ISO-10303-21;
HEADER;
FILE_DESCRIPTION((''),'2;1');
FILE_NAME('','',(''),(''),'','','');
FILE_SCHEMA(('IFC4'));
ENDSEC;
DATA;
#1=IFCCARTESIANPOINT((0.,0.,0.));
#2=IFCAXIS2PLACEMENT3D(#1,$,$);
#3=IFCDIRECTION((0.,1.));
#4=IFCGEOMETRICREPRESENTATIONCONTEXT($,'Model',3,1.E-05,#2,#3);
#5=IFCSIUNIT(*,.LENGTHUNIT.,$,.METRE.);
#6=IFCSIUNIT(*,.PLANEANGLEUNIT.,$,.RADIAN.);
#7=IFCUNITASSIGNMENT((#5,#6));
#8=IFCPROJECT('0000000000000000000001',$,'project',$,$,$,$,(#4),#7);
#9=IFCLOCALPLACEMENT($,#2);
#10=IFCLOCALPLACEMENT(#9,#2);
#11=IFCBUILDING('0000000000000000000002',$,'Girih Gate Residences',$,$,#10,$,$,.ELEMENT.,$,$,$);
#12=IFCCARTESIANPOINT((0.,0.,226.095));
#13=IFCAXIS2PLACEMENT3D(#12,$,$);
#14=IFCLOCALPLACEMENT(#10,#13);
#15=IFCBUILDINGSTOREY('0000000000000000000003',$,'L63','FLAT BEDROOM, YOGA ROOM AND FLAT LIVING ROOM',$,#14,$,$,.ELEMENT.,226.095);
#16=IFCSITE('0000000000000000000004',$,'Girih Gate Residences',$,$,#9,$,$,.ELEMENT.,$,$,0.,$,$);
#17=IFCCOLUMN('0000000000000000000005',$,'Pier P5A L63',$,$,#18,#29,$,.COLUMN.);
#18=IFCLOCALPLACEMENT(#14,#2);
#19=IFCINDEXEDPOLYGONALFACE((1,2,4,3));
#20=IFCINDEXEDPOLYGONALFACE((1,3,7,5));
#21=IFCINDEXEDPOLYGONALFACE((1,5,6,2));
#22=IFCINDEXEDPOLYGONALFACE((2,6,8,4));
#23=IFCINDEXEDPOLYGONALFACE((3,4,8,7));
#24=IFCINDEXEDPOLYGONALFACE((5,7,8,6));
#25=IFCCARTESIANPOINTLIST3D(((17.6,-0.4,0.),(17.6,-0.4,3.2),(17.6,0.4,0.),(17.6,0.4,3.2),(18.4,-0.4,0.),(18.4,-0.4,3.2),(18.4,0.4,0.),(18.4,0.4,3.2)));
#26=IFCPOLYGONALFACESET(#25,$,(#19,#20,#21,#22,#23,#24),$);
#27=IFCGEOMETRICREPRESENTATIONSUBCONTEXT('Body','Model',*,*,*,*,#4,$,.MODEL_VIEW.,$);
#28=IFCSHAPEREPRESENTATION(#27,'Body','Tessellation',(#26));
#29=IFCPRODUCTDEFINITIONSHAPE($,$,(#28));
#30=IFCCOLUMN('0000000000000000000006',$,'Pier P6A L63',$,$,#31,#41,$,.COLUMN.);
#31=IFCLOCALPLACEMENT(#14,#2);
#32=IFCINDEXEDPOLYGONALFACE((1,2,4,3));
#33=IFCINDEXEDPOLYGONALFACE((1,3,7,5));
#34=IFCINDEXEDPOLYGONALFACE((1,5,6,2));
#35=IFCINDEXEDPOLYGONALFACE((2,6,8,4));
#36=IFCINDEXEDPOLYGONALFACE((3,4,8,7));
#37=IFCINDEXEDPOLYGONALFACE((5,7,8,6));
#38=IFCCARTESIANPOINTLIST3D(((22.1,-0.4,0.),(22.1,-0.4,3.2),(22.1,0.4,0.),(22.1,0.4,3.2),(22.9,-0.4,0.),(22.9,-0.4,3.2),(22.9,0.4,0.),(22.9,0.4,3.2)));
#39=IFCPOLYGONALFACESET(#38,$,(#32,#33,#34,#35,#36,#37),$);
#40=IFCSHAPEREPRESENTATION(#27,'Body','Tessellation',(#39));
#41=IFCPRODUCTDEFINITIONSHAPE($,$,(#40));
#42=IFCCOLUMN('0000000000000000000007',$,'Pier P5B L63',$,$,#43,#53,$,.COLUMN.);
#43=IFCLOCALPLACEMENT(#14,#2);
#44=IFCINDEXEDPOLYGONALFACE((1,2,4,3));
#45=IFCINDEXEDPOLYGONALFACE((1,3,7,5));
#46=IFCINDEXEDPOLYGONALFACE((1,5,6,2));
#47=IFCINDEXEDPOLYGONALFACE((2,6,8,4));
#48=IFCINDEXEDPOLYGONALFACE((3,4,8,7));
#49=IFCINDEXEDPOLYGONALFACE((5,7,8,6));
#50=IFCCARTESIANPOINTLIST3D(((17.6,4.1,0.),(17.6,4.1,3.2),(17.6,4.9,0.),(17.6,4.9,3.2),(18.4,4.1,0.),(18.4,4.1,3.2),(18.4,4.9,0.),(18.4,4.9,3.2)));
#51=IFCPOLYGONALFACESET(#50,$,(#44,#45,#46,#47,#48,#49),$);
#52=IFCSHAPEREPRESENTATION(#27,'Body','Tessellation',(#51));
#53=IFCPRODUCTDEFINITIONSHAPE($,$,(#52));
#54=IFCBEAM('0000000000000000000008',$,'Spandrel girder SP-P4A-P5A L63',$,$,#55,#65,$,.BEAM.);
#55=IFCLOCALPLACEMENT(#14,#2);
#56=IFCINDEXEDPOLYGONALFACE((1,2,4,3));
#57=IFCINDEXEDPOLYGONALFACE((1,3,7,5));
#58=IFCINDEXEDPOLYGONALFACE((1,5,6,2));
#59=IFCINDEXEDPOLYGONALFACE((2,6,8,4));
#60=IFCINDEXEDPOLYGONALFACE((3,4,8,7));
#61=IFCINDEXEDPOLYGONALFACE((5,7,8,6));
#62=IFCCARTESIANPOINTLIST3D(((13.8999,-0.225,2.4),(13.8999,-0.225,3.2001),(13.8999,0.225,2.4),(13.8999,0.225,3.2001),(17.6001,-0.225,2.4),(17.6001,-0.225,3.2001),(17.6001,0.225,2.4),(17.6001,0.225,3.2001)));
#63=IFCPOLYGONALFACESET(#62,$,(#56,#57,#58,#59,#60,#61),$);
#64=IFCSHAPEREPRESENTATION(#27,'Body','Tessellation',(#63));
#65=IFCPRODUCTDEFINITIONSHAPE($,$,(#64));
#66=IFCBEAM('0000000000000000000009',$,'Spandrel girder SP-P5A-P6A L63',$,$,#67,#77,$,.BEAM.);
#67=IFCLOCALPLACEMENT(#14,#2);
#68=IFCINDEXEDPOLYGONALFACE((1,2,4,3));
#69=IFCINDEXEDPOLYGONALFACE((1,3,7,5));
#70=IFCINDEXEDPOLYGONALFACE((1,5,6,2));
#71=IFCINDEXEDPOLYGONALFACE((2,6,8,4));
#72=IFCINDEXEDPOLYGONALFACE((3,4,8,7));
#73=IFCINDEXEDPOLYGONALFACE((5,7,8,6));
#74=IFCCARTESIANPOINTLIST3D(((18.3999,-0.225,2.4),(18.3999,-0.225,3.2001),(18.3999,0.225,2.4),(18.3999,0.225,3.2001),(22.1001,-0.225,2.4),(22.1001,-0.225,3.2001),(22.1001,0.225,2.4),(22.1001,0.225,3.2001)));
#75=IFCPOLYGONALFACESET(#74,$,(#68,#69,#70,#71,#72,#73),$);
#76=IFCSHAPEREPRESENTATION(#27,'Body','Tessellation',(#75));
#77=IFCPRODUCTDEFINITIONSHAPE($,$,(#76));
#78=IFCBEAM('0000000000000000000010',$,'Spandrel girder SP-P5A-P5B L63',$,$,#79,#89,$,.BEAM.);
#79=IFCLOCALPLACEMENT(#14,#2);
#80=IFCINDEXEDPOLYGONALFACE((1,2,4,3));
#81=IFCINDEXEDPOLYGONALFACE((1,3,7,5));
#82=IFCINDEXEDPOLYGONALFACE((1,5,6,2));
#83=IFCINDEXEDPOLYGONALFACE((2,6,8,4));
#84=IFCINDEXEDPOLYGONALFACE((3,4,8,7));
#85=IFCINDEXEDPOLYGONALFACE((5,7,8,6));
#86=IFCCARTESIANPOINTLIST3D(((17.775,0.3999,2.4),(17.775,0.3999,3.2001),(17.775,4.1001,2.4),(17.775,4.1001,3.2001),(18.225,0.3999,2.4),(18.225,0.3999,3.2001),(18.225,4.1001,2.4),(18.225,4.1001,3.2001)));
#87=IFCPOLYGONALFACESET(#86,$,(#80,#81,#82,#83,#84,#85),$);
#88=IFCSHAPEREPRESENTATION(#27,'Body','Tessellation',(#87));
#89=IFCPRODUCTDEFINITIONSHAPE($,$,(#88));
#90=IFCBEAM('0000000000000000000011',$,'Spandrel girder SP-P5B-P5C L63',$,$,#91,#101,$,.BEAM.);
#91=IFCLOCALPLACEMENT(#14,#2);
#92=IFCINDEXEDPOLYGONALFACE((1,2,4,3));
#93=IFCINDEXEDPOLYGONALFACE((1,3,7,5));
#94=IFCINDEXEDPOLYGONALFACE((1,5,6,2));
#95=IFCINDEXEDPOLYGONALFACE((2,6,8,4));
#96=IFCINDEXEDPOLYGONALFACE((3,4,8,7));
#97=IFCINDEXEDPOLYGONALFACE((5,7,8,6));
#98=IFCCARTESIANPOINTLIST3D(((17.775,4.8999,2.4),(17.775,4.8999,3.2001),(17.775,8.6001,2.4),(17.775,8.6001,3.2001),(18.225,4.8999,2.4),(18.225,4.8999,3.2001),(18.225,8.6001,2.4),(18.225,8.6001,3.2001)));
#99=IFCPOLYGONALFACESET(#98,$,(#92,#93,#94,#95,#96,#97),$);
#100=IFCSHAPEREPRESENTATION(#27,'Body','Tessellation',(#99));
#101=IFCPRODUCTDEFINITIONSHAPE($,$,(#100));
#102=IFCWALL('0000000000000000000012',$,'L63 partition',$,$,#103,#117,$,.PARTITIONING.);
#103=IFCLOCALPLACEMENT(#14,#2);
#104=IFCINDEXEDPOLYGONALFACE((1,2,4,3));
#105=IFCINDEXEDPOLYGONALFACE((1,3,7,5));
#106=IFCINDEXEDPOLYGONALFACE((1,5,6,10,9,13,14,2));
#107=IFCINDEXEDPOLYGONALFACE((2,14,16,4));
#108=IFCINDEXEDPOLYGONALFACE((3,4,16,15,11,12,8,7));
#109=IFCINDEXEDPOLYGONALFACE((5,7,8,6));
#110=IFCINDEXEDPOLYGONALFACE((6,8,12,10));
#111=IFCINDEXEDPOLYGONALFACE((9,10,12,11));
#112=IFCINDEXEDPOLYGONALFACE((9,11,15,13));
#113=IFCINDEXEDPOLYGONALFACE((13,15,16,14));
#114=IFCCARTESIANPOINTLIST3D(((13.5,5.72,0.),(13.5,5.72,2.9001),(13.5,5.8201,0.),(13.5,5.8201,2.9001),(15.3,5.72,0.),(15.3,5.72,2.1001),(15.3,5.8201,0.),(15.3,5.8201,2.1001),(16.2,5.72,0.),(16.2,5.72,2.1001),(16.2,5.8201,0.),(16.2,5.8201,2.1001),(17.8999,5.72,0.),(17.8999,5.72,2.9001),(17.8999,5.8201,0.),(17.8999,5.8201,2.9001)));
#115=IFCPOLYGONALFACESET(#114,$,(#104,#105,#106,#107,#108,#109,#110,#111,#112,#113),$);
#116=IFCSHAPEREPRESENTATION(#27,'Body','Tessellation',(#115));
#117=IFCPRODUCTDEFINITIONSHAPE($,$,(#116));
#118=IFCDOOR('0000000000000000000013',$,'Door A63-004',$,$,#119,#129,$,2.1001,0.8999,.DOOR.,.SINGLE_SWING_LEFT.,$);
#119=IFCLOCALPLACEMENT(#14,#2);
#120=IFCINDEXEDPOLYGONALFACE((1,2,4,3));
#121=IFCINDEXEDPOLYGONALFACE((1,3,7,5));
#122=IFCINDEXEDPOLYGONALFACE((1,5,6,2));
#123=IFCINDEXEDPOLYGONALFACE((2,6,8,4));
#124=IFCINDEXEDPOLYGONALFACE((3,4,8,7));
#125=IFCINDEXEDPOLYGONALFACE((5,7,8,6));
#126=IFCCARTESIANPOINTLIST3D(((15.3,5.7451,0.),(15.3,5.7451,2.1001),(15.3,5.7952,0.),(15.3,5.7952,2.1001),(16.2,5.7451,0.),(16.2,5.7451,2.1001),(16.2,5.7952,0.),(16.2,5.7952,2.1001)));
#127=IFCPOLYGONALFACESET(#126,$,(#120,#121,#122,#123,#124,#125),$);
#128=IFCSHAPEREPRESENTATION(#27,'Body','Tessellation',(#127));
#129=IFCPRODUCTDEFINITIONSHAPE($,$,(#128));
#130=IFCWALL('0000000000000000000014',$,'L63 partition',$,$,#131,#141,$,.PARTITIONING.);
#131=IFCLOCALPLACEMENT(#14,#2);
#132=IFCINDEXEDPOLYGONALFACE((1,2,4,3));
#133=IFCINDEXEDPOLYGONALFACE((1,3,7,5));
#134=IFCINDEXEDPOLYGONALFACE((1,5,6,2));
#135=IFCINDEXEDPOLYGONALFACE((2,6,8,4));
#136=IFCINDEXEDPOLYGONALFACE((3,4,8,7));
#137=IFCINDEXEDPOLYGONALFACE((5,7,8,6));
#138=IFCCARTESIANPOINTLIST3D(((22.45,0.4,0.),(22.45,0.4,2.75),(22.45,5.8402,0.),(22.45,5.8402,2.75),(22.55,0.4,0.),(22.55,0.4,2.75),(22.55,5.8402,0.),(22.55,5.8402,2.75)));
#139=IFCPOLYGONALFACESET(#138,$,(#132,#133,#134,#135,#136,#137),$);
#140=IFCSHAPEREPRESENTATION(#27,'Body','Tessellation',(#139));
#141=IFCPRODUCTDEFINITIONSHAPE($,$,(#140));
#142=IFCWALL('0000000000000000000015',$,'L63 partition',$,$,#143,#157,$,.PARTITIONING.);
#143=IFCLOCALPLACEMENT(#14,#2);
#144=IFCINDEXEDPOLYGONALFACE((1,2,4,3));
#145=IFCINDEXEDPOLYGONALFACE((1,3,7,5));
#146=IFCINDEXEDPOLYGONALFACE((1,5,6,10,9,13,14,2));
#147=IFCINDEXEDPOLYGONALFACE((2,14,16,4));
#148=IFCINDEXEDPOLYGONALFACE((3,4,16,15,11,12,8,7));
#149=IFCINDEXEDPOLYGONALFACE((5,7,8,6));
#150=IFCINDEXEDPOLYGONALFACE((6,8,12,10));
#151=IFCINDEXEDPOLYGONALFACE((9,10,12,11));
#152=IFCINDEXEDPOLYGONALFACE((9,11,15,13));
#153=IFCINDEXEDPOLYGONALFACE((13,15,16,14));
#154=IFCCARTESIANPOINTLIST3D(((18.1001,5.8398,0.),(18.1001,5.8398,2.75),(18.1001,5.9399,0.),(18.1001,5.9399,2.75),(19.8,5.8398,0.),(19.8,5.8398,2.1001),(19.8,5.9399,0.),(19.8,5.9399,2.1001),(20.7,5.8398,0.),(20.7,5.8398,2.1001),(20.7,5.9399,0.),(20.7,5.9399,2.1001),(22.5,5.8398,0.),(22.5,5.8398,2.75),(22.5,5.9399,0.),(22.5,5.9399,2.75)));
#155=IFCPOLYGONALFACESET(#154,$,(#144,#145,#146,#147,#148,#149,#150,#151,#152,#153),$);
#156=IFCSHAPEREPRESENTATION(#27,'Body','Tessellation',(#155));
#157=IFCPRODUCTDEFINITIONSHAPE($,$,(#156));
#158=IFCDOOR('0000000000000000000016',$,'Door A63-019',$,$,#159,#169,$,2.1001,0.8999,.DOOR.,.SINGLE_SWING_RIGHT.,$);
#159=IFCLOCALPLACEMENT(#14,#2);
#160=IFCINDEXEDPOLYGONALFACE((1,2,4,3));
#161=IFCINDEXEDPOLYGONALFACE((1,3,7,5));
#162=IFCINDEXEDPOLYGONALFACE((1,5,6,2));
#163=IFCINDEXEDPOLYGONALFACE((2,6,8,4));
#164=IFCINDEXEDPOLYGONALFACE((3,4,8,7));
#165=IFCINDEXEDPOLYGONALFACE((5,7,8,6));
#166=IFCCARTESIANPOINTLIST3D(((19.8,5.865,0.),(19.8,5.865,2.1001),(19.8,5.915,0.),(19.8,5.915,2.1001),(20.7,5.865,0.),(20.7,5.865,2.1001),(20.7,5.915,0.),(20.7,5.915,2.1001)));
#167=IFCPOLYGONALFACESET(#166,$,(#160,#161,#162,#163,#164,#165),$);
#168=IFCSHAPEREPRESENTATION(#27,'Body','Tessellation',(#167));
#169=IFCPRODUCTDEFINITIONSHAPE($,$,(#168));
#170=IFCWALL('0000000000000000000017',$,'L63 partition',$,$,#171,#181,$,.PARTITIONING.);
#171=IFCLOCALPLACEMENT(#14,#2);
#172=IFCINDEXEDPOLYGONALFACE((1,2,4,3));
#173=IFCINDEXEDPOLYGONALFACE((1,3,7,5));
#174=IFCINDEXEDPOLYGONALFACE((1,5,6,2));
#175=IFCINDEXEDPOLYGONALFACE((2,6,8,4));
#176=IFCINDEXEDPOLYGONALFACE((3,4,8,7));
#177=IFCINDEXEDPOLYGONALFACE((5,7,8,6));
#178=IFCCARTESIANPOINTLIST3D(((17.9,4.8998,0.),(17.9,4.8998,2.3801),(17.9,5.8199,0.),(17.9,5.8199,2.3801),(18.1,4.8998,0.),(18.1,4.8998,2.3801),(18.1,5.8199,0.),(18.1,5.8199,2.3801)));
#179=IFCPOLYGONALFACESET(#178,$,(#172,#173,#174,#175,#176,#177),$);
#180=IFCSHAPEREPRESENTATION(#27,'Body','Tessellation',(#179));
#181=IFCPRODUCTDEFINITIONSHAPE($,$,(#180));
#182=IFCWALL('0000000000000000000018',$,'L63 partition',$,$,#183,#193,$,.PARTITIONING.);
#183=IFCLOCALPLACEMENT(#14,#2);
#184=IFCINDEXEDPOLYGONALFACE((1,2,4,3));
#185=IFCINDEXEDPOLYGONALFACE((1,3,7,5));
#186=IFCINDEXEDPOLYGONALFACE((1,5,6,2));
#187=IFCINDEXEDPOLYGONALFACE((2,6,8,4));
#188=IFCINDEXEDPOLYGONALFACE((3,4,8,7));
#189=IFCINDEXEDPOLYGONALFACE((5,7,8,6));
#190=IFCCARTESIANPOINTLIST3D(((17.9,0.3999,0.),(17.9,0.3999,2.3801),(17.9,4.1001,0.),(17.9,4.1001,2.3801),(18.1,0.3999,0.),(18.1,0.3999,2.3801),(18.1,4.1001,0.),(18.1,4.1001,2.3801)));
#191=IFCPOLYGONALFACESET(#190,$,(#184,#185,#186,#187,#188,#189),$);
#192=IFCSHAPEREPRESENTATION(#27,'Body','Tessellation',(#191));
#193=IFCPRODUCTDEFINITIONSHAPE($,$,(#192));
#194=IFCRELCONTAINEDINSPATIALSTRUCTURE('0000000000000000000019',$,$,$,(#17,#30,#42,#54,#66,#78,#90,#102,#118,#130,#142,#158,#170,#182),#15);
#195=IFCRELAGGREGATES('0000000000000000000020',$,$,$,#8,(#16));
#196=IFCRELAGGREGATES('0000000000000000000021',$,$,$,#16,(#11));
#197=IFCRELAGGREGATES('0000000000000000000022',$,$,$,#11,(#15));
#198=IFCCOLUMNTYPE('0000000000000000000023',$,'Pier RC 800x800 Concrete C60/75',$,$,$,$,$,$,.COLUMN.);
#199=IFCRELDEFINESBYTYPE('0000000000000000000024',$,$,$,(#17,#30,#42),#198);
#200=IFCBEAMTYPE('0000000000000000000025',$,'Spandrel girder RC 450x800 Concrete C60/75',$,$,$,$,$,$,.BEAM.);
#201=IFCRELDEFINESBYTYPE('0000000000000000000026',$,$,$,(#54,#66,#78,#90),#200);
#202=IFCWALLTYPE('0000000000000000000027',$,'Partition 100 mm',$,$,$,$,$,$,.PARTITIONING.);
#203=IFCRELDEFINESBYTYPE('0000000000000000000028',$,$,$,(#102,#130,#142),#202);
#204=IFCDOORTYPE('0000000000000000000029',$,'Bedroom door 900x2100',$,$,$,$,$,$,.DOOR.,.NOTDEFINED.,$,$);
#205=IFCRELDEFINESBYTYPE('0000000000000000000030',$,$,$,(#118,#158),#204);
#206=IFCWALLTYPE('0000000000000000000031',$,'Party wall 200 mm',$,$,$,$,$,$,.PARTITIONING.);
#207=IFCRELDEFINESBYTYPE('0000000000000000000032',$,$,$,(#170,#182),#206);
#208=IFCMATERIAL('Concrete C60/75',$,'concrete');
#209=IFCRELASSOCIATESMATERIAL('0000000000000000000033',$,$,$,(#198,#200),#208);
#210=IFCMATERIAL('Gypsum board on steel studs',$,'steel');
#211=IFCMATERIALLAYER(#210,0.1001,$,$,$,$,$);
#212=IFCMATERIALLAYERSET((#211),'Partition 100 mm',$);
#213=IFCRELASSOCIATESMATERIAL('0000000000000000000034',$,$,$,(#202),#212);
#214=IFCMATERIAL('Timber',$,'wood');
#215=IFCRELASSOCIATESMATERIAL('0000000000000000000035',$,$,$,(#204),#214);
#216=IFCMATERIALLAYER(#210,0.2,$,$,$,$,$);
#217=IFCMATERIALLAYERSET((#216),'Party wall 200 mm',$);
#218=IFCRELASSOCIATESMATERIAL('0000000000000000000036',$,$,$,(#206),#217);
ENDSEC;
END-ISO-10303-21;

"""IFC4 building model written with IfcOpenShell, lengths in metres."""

from ifc_helpers import new_model, si_unit, direction, frame, frame_2d, origin, origin_2d, place, context, subcontext, project, spatial, rectangle, extrude, material, layer, layer_set, material_profile, profile_set, type_object, element, fill, save


model = new_model("IFC4")

# Units and contexts
model_context = context("Model", 3, precision=1e-05, world=origin(), true_north=direction((0.0, 1.0)))
body_context = subcontext(model_context, "Body", "Model", "MODEL_VIEW")
ifc_project = project(units=[si_unit("LENGTHUNIT", "METRE"), si_unit("PLANEANGLEUNIT", "RADIAN")], contexts=[model_context])

# Site, building, storey
site_placement = place(None, origin())
site = spatial("IfcSite", under=ifc_project, at=site_placement, Name="Girih Gate Residences", CompositionType="ELEMENT", RefElevation=0.0)
building_placement = place(site_placement, origin())
building = spatial("IfcBuilding", under=site, at=building_placement, Name="Girih Gate Residences", CompositionType="ELEMENT")
storey_placement = place(building_placement, frame((0.0, 0.0, 226.095)))
storey = spatial("IfcBuildingStorey", under=building, at=storey_placement, Name="L63", Description="FLAT BEDROOM, YOGA ROOM AND FLAT LIVING ROOM", CompositionType="ELEMENT", Elevation=226.095)

# Columns
ifc_material_1 = material(Name="Concrete C60/75", Category="concrete")
ifc_material_profile_1 = material_profile(ifc_material_1, rectangle(XDim=0.8, YDim=0.8, at=origin_2d()))
ifc_profile_set_1 = profile_set([ifc_material_profile_1], Name="Concrete C60/75")
column_type = type_object("IfcColumnType", Name="Pier RC 800x800 Concrete C60/75", PredefinedType="COLUMN", material=ifc_profile_set_1)
for number, where, z_axis, x_axis, name in (
    (1, (18.0, 0.0, 0.0), (0.0, 0.0, 1.0), (1.0, 0.0, 0.0), "Pier P5A L63"),
    (2, (22.5, 0.0, 0.0), (0.0, 0.0, 1.0), (1.0, 0.0, 0.0), "Pier P6A L63"),
    (3, (18.0, 4.5, 0.0), (0.0, 0.0, 1.0), (1.0, 0.0, 0.0), "Pier P5B L63"),
):
    element("IfcColumn", number, at=place(storey_placement, frame(where, z_axis=z_axis, x_axis=x_axis)), inside=storey, type_object=column_type, Name=name, PredefinedType="COLUMN", context=body_context, shape_type="SweptSolid", body=[
        extrude(rectangle(XDim=0.8, YDim=0.8, at=origin_2d()), origin(), (0.0, 0.0, 1.0), 3.2),
    ])

# Beams
ifc_material_profile_2 = material_profile(ifc_material_1, rectangle(XDim=0.45, YDim=0.8, at=origin_2d()))
ifc_profile_set_2 = profile_set([ifc_material_profile_2], Name="Concrete C60/75")
beam_type = type_object("IfcBeamType", Name="Spandrel girder RC 450x800 Concrete C60/75", PredefinedType="BEAM", material=ifc_profile_set_2)
for number, where, z_axis, x_axis, name in (
    (4, (13.8999, 0.0, 2.8), (1.0, 0.0, 0.0), (0.0, 1.0, 0.0), "Spandrel girder SP-P4A-P5A L63"),
    (5, (18.3999, 0.0, 2.8), (1.0, 0.0, 0.0), (0.0, 1.0, 0.0), "Spandrel girder SP-P5A-P6A L63"),
    (6, (18.0, 0.3999, 2.8), (0.0, 1.0, 0.0), (-1.0, 0.0, 0.0), "Spandrel girder SP-P5A-P5B L63"),
    (7, (18.0, 4.8999, 2.8), (0.0, 1.0, 0.0), (-1.0, 0.0, 0.0), "Spandrel girder SP-P5B-P5C L63"),
):
    element("IfcBeam", number, at=place(storey_placement, frame(where, z_axis=z_axis, x_axis=x_axis)), inside=storey, type_object=beam_type, Name=name, PredefinedType="BEAM", context=body_context, shape_type="SweptSolid", body=[
        extrude(rectangle(XDim=0.45, YDim=0.8, at=origin_2d()), origin(), (0.0, 0.0, 1.0), 3.7002),
    ])

# Wall, opening, door
ifc_material_2 = material(Name="Gypsum board on steel studs", Category="steel")
ifc_layer_1 = layer(ifc_material_2, 0.1001)
ifc_layer_set_1 = layer_set([ifc_layer_1], Name="Partition 100 mm")
wall_type_1 = type_object("IfcWallType", Name="Partition 100 mm", PredefinedType="PARTITIONING", material=ifc_layer_set_1)
wall_1_placement = place(storey_placement, frame((17.8999, 5.77, 0.0), z_axis=(0.0, 0.0, 1.0), x_axis=(-1.0, 0.0, 0.0)))
wall_1 = element("IfcWall", 8, at=wall_1_placement, inside=storey, type_object=wall_type_1, Name="L63 partition", PredefinedType="PARTITIONING", context=body_context, shape_type="SweptSolid", body=[
    extrude(rectangle(XDim=4.3999, YDim=0.1001, at=frame_2d((2.2, 0.0))), origin(), (0.0, 0.0, 1.0), 2.9001),
])
opening_1_placement = place(wall_1_placement, frame((1.7, 0.0, 0.0)))
opening_1 = element("IfcOpeningElement", 9, at=opening_1_placement, cuts=wall_1, PredefinedType="OPENING", context=body_context, shape_type="SweptSolid", body=[
    extrude(rectangle(XDim=0.8999, YDim=2.1001, at=frame_2d((0.45, 1.05))), frame((0.0, 0.0601, 0.0), z_axis=(0.0, -1.0, 0.0), x_axis=(1.0, 0.0, 0.0)), (0.0, 0.0, 1.0), 0.1201),
])
ifc_material_3 = material(Name="Timber", Category="wood")
door_type_1 = type_object("IfcDoorType", Name="Bedroom door 900x2100", OperationType="NOTDEFINED", PredefinedType="DOOR", material=ifc_material_3)
door_1_placement = place(opening_1_placement, origin())
door_1 = element("IfcDoor", 10, at=door_1_placement, inside=storey, type_object=door_type_1, Name="Door A63-004", OperationType="SINGLE_SWING_LEFT", OverallHeight=2.1001, OverallWidth=0.8999, PredefinedType="DOOR", context=body_context, shape_type="SweptSolid", body=[
    extrude(rectangle(XDim=0.8999, YDim=2.1001, at=frame_2d((0.45, 1.05))), frame((0.0, 0.0249, 0.0), z_axis=(0.0, -1.0, 0.0), x_axis=(1.0, 0.0, 0.0)), (0.0, 0.0, 1.0), 0.05),
])
fill(opening_1, door_1)

# Wall
wall_2_placement = place(storey_placement, frame((22.5, 0.3999, 0.0), z_axis=(0.0, 0.0, 1.0), x_axis=(0.0, 1.0, 0.0)))
element("IfcWall", 11, at=wall_2_placement, inside=storey, type_object=wall_type_1, Name="L63 partition", PredefinedType="PARTITIONING", context=body_context, shape_type="SweptSolid", body=[
    extrude(rectangle(XDim=5.4402, YDim=0.1001, at=frame_2d((2.7202, 0.0))), origin(), (0.0, 0.0, 1.0), 2.75),
])

# Wall, opening, door
wall_3_placement = place(storey_placement, frame((22.5, 5.8899, 0.0), z_axis=(0.0, 0.0, 1.0), x_axis=(-1.0, 0.0, 0.0)))
wall_3 = element("IfcWall", 12, at=wall_3_placement, inside=storey, type_object=wall_type_1, Name="L63 partition", PredefinedType="PARTITIONING", context=body_context, shape_type="SweptSolid", body=[
    extrude(rectangle(XDim=4.3999, YDim=0.1001, at=frame_2d((2.2, 0.0))), origin(), (0.0, 0.0, 1.0), 2.75),
])
opening_2_placement = place(wall_3_placement, frame((1.8, 0.0, 0.0)))
opening_2 = element("IfcOpeningElement", 13, at=opening_2_placement, cuts=wall_3, PredefinedType="OPENING", context=body_context, shape_type="SweptSolid", body=[
    extrude(rectangle(XDim=0.8999, YDim=2.1001, at=frame_2d((0.45, 1.05))), frame((0.0, 0.0601, 0.0), z_axis=(0.0, -1.0, 0.0), x_axis=(1.0, 0.0, 0.0)), (0.0, 0.0, 1.0), 0.1201),
])
door_2_placement = place(opening_2_placement, origin())
door_2 = element("IfcDoor", 14, at=door_2_placement, inside=storey, type_object=door_type_1, Name="Door A63-019", OperationType="SINGLE_SWING_RIGHT", OverallHeight=2.1001, OverallWidth=0.8999, PredefinedType="DOOR", context=body_context, shape_type="SweptSolid", body=[
    extrude(rectangle(XDim=0.8999, YDim=2.1001, at=frame_2d((0.45, 1.05))), frame((0.0, 0.0249, 0.0), z_axis=(0.0, -1.0, 0.0), x_axis=(1.0, 0.0, 0.0)), (0.0, 0.0, 1.0), 0.05),
])
fill(opening_2, door_2)

# Walls
ifc_layer_2 = layer(ifc_material_2, 0.2)
ifc_layer_set_2 = layer_set([ifc_layer_2], Name="Party wall 200 mm")
wall_type_2 = type_object("IfcWallType", Name="Party wall 200 mm", PredefinedType="PARTITIONING", material=ifc_layer_set_2)
wall_4_placement = place(storey_placement, frame((18.0, 4.8999, 0.0), z_axis=(0.0, 0.0, 1.0), x_axis=(0.0, 1.0, 0.0)))
element("IfcWall", 15, at=wall_4_placement, inside=storey, type_object=wall_type_2, Name="L63 partition", PredefinedType="PARTITIONING", context=body_context, shape_type="SweptSolid", body=[
    extrude(rectangle(XDim=0.9202, YDim=0.2, at=frame_2d((0.46, 0.0))), origin(), (0.0, 0.0, 1.0), 2.3801),
])
wall_5_placement = place(storey_placement, frame((18.0, 0.3999, 0.0), z_axis=(0.0, 0.0, 1.0), x_axis=(0.0, 1.0, 0.0)))
element("IfcWall", 16, at=wall_5_placement, inside=storey, type_object=wall_type_2, Name="L63 partition", PredefinedType="PARTITIONING", context=body_context, shape_type="SweptSolid", body=[
    extrude(rectangle(XDim=3.7002, YDim=0.2, at=frame_2d((1.8501, 0.0))), origin(), (0.0, 0.0, 1.0), 2.3801),
])

save(model, "model.ifc")
